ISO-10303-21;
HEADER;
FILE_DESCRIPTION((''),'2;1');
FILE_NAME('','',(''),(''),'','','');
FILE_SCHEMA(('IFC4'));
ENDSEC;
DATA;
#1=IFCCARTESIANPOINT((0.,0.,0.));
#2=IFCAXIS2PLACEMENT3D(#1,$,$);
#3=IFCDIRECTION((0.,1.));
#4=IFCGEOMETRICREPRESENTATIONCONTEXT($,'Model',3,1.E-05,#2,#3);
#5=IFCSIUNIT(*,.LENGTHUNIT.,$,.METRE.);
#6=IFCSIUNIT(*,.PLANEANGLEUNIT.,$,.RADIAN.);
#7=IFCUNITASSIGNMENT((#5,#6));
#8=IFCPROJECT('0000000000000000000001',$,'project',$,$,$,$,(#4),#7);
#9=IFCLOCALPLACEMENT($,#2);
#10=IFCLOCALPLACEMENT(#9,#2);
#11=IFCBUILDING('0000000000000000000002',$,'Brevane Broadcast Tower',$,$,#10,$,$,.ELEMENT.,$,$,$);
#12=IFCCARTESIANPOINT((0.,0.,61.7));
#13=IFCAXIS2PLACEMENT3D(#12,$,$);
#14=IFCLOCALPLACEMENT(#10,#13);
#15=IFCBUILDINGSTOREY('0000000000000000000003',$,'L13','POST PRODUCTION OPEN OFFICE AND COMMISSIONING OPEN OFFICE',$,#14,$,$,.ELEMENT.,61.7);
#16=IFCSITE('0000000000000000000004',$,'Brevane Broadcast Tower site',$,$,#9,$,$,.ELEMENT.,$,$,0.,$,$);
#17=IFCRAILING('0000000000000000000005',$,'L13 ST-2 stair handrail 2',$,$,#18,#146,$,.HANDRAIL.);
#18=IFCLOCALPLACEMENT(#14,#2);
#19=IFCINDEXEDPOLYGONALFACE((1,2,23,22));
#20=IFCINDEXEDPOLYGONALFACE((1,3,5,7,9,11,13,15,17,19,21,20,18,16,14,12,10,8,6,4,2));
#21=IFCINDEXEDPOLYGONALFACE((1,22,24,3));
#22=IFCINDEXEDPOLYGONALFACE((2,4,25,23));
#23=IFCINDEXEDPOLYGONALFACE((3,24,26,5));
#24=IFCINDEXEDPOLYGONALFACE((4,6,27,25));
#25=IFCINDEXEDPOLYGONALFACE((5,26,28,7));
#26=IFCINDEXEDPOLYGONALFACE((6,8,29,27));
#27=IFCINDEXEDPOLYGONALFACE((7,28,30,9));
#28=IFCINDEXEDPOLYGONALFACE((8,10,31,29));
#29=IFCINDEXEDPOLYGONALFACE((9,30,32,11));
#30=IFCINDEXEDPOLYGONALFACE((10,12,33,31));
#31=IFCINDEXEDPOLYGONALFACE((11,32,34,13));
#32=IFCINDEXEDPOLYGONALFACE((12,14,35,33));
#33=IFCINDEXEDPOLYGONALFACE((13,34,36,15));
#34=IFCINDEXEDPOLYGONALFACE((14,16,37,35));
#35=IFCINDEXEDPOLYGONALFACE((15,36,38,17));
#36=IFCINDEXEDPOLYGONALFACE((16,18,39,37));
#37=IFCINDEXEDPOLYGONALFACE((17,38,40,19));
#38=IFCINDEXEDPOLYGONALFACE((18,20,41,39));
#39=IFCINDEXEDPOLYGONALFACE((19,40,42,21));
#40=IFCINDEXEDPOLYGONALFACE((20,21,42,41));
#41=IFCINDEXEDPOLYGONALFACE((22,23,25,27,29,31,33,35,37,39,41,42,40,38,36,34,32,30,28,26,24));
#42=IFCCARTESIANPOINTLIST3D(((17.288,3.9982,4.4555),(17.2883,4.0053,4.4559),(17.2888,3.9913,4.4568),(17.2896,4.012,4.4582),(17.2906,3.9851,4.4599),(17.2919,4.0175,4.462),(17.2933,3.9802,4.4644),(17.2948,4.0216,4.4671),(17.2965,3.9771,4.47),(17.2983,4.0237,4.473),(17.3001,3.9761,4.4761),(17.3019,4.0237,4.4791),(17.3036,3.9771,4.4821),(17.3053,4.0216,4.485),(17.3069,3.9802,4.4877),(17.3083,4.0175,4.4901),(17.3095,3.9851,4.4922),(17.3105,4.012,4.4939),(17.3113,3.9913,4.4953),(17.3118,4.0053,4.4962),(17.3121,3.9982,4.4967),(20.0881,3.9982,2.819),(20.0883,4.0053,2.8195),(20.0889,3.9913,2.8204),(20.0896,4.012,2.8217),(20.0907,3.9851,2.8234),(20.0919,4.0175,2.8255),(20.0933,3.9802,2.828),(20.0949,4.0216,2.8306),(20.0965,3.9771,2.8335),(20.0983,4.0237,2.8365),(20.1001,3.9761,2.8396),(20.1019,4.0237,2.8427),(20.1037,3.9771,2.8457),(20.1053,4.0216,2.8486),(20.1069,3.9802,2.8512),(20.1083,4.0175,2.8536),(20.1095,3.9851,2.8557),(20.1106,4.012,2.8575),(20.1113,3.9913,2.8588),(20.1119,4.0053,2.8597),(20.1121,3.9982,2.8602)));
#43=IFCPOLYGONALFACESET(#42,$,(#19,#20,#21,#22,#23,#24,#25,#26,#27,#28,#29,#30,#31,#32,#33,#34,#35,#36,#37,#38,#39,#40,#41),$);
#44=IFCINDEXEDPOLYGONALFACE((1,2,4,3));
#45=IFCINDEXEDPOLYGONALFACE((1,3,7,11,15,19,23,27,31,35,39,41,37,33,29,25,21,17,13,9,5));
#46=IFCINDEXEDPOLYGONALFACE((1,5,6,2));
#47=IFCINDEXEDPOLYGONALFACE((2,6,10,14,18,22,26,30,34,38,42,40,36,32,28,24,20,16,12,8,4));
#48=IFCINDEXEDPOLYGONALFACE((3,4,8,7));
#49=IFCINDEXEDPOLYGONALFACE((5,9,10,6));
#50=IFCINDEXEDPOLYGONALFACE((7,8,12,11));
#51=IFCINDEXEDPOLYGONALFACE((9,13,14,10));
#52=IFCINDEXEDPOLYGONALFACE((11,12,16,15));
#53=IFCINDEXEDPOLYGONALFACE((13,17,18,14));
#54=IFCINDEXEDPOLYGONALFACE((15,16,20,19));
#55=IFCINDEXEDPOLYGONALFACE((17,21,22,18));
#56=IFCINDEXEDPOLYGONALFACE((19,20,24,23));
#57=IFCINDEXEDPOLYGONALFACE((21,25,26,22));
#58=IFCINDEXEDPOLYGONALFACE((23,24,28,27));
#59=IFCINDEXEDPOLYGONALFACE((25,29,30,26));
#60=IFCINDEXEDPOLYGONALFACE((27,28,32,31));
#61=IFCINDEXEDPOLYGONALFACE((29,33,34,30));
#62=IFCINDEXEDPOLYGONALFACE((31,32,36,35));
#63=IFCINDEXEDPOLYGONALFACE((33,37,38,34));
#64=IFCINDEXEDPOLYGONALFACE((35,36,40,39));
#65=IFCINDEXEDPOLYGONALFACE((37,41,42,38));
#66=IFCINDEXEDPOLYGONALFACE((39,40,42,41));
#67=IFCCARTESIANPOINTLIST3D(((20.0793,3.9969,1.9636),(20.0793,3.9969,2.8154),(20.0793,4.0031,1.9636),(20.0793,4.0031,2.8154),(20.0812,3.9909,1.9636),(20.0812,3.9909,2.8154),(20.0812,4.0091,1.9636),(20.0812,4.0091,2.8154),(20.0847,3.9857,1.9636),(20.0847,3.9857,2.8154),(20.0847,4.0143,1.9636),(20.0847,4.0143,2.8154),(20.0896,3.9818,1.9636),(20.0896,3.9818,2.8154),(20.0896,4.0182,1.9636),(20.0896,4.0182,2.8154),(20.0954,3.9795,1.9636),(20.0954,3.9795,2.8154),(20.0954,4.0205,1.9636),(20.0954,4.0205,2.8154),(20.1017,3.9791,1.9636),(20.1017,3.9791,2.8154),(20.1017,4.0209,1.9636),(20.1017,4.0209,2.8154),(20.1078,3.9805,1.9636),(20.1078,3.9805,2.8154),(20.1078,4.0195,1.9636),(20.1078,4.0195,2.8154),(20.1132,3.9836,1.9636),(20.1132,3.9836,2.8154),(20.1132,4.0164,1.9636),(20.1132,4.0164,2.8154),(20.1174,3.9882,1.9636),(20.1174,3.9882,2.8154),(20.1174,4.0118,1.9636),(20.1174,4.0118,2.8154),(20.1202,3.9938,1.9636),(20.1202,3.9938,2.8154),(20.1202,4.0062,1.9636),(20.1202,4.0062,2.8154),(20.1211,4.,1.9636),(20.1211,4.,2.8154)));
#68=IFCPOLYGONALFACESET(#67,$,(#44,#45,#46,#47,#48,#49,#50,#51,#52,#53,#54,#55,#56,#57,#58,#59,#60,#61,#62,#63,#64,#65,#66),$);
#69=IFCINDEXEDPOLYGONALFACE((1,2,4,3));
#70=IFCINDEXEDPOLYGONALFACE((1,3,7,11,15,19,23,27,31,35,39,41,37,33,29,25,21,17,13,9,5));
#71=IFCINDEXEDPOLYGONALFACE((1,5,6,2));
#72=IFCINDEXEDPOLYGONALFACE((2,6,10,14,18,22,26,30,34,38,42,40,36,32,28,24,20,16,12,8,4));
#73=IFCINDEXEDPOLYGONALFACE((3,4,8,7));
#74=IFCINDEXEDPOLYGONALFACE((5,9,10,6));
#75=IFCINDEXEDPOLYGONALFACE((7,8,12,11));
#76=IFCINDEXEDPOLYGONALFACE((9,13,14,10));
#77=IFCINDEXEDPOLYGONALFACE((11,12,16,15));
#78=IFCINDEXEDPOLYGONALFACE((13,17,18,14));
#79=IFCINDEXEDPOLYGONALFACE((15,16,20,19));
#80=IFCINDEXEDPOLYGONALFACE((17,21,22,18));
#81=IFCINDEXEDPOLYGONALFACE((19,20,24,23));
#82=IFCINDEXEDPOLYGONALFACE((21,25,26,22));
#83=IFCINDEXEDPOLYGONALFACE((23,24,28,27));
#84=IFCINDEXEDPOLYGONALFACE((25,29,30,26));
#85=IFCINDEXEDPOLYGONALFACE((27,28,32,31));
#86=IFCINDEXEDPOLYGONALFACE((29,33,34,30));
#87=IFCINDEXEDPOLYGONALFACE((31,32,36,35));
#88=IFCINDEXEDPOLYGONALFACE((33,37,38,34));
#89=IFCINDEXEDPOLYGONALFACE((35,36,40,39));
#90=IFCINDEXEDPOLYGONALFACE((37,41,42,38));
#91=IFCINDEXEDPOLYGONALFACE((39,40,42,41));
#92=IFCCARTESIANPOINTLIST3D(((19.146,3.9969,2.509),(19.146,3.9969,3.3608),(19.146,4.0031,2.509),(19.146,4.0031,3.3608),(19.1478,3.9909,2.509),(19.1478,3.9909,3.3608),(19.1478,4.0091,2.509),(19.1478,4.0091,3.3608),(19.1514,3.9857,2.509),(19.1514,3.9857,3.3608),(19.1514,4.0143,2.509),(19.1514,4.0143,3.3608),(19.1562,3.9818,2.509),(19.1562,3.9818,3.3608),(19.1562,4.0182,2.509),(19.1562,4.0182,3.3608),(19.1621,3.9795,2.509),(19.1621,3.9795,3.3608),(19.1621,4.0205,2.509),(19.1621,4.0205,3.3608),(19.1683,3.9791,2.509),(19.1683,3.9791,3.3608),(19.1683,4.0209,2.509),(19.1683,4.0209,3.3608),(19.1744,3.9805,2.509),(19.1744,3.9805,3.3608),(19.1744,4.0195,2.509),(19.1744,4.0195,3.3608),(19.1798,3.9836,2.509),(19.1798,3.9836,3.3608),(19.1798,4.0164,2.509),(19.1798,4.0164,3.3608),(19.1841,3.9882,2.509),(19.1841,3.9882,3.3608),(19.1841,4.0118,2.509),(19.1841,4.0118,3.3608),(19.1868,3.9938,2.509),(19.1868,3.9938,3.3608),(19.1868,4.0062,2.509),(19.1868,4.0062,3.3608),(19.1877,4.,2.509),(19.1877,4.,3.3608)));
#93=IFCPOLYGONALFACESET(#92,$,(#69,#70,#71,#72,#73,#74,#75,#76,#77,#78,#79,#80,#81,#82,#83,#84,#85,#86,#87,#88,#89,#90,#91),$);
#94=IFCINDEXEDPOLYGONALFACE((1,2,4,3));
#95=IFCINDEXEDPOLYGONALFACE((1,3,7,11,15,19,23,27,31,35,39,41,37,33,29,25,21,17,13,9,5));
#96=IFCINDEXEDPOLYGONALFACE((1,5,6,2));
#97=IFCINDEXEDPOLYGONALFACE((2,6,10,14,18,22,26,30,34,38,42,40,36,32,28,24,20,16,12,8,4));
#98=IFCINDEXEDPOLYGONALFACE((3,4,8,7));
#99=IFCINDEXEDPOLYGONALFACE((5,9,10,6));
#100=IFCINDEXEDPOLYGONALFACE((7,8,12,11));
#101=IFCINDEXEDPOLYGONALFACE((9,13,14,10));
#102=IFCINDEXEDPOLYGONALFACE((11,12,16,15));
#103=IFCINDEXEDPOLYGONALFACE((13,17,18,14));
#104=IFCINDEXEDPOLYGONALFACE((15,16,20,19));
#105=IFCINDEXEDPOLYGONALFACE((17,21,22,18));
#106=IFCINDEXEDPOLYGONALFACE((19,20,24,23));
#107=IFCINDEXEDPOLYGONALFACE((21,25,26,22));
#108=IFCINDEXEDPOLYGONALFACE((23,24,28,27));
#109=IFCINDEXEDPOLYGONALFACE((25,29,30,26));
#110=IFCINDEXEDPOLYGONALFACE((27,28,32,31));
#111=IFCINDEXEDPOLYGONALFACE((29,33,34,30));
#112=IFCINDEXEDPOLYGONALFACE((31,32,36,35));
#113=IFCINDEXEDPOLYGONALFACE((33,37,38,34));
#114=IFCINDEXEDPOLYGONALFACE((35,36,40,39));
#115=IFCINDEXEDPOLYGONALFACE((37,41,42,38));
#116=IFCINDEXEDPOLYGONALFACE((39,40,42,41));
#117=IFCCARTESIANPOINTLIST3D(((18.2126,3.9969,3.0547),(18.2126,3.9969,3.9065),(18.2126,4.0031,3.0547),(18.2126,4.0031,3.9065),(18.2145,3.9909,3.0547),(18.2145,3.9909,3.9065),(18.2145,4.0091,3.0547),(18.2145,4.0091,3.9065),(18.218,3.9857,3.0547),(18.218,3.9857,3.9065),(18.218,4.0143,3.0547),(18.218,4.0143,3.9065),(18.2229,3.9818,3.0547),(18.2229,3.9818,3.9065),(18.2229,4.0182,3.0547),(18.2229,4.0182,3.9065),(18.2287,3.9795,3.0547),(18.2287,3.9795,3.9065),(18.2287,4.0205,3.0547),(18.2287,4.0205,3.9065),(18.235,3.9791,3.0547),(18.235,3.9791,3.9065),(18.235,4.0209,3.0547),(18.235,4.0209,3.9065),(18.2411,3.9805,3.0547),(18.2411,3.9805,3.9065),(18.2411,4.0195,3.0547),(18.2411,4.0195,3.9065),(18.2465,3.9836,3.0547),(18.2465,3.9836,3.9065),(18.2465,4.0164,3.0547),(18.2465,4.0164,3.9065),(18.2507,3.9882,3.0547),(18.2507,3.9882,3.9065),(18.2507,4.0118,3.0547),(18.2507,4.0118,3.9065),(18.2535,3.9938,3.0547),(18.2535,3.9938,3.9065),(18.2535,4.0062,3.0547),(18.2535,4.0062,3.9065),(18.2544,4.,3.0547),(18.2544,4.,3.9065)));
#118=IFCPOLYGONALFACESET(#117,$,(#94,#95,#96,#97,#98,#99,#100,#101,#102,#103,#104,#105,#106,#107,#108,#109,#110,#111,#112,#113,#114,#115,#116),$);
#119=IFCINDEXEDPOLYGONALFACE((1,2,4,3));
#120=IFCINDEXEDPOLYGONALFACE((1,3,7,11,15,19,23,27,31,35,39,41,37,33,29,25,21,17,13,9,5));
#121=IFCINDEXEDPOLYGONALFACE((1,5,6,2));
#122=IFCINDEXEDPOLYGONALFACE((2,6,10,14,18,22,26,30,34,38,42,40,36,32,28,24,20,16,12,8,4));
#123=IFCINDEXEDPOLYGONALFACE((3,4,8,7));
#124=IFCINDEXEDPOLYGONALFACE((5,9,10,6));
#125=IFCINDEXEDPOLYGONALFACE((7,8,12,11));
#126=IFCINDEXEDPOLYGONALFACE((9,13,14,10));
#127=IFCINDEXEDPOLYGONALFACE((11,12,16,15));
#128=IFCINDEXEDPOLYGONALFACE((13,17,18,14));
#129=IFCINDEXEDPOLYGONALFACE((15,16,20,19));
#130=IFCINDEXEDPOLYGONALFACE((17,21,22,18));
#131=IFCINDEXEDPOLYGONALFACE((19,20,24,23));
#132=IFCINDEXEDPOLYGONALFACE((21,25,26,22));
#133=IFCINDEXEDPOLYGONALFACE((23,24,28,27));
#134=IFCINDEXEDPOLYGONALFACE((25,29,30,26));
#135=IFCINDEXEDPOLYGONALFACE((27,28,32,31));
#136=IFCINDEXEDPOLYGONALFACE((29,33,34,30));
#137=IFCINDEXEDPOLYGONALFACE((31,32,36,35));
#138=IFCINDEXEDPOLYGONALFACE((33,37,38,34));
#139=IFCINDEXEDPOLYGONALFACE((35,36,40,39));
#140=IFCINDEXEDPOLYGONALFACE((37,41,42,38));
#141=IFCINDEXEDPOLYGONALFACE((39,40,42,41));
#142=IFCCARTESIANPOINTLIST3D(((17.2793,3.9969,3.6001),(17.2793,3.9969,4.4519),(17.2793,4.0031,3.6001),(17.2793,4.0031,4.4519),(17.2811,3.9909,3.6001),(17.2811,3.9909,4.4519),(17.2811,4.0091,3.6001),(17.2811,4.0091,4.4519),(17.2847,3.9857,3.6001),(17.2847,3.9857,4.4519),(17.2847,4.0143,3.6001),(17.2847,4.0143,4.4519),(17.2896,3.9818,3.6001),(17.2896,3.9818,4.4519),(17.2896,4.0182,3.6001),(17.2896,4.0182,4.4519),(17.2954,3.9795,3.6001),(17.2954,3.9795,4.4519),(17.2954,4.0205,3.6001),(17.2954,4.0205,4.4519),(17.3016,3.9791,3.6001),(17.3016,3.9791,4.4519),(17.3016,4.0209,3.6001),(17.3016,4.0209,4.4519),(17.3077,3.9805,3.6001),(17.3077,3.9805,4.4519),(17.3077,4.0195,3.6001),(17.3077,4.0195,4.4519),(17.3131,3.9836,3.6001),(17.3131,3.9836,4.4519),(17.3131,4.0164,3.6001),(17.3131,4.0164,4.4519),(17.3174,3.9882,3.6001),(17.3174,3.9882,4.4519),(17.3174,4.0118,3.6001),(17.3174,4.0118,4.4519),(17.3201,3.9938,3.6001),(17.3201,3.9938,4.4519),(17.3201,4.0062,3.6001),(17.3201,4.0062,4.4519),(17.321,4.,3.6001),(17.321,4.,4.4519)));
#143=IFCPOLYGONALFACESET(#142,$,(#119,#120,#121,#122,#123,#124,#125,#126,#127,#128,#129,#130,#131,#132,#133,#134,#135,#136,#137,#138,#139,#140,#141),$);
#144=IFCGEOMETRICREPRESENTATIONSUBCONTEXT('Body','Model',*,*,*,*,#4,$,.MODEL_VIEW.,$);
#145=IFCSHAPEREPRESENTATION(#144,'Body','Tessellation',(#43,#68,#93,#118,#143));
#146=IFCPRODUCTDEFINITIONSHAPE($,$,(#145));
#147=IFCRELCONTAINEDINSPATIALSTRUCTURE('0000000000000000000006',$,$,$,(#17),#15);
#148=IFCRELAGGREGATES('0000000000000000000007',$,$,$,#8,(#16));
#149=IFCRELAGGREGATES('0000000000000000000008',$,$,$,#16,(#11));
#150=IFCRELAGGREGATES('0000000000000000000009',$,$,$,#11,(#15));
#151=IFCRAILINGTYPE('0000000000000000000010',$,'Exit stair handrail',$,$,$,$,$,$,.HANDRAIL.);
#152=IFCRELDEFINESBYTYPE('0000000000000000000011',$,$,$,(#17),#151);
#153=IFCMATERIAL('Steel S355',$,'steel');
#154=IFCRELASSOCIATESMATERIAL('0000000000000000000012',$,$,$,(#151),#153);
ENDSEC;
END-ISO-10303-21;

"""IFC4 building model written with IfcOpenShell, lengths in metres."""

from ifc_helpers import new_model, si_unit, direction, frame, origin, origin_2d, place, context, subcontext, project, spatial, circle, extrude, material, type_object, element, save


model = new_model("IFC4")

# Units and contexts
model_context = context("Model", 3, precision=1e-05, world=origin(), true_north=direction((0.0, 1.0)))
body_context = subcontext(model_context, "Body", "Model", "MODEL_VIEW")
ifc_project = project(units=[si_unit("LENGTHUNIT", "METRE"), si_unit("PLANEANGLEUNIT", "RADIAN")], contexts=[model_context])

# Site, building, storey
site_placement = place(None, origin())
site = spatial("IfcSite", under=ifc_project, at=site_placement, Name="Brevane Broadcast Tower site", CompositionType="ELEMENT", RefElevation=0.0)
building_placement = place(site_placement, origin())
building = spatial("IfcBuilding", under=site, at=building_placement, Name="Brevane Broadcast Tower", CompositionType="ELEMENT")
storey_placement = place(building_placement, frame((0.0, 0.0, 61.7)))
storey = spatial("IfcBuildingStorey", under=building, at=storey_placement, Name="L13", Description="POST PRODUCTION OPEN OFFICE AND COMMISSIONING OPEN OFFICE", CompositionType="ELEMENT", Elevation=61.7)

# Railing
ifc_material_1 = material(Name="Steel S355", Category="steel")
railing_type_1 = type_object("IfcRailingType", Name="Exit stair handrail", PredefinedType="HANDRAIL", material=ifc_material_1)
railing_1_placement = place(storey_placement, frame((20.1001, 4.0, 1.9636)))
element("IfcRailing", 1, at=railing_1_placement, inside=storey, type_object=railing_type_1, Name="L13 ST-2 stair handrail 2", PredefinedType="HANDRAIL", context=body_context, shape_type="SweptSolid", body=[
    extrude(circle(Radius=0.0239, at=origin_2d()), frame((0.0, 0.0, 0.876), z_axis=(-0.863361, 0.0, 0.504587), x_axis=(0.0, -1.0, 0.0)), (0.0, 0.0, 1.0), 3.2432),
    extrude(circle(Radius=0.021, at=origin_2d()), origin(), (0.0, 0.0, 1.0), 0.8518),
    extrude(circle(Radius=0.021, at=origin_2d()), frame((-0.9333, 0.0, 0.5454)), (0.0, 0.0, 1.0), 0.8518),
    extrude(circle(Radius=0.021, at=origin_2d()), frame((-1.8667, 0.0, 1.0911)), (0.0, 0.0, 1.0), 0.8518),
    extrude(circle(Radius=0.021, at=origin_2d()), frame((-2.8, 0.0, 1.6365)), (0.0, 0.0, 1.0), 0.8518),
])

save(model, "model.ifc")
